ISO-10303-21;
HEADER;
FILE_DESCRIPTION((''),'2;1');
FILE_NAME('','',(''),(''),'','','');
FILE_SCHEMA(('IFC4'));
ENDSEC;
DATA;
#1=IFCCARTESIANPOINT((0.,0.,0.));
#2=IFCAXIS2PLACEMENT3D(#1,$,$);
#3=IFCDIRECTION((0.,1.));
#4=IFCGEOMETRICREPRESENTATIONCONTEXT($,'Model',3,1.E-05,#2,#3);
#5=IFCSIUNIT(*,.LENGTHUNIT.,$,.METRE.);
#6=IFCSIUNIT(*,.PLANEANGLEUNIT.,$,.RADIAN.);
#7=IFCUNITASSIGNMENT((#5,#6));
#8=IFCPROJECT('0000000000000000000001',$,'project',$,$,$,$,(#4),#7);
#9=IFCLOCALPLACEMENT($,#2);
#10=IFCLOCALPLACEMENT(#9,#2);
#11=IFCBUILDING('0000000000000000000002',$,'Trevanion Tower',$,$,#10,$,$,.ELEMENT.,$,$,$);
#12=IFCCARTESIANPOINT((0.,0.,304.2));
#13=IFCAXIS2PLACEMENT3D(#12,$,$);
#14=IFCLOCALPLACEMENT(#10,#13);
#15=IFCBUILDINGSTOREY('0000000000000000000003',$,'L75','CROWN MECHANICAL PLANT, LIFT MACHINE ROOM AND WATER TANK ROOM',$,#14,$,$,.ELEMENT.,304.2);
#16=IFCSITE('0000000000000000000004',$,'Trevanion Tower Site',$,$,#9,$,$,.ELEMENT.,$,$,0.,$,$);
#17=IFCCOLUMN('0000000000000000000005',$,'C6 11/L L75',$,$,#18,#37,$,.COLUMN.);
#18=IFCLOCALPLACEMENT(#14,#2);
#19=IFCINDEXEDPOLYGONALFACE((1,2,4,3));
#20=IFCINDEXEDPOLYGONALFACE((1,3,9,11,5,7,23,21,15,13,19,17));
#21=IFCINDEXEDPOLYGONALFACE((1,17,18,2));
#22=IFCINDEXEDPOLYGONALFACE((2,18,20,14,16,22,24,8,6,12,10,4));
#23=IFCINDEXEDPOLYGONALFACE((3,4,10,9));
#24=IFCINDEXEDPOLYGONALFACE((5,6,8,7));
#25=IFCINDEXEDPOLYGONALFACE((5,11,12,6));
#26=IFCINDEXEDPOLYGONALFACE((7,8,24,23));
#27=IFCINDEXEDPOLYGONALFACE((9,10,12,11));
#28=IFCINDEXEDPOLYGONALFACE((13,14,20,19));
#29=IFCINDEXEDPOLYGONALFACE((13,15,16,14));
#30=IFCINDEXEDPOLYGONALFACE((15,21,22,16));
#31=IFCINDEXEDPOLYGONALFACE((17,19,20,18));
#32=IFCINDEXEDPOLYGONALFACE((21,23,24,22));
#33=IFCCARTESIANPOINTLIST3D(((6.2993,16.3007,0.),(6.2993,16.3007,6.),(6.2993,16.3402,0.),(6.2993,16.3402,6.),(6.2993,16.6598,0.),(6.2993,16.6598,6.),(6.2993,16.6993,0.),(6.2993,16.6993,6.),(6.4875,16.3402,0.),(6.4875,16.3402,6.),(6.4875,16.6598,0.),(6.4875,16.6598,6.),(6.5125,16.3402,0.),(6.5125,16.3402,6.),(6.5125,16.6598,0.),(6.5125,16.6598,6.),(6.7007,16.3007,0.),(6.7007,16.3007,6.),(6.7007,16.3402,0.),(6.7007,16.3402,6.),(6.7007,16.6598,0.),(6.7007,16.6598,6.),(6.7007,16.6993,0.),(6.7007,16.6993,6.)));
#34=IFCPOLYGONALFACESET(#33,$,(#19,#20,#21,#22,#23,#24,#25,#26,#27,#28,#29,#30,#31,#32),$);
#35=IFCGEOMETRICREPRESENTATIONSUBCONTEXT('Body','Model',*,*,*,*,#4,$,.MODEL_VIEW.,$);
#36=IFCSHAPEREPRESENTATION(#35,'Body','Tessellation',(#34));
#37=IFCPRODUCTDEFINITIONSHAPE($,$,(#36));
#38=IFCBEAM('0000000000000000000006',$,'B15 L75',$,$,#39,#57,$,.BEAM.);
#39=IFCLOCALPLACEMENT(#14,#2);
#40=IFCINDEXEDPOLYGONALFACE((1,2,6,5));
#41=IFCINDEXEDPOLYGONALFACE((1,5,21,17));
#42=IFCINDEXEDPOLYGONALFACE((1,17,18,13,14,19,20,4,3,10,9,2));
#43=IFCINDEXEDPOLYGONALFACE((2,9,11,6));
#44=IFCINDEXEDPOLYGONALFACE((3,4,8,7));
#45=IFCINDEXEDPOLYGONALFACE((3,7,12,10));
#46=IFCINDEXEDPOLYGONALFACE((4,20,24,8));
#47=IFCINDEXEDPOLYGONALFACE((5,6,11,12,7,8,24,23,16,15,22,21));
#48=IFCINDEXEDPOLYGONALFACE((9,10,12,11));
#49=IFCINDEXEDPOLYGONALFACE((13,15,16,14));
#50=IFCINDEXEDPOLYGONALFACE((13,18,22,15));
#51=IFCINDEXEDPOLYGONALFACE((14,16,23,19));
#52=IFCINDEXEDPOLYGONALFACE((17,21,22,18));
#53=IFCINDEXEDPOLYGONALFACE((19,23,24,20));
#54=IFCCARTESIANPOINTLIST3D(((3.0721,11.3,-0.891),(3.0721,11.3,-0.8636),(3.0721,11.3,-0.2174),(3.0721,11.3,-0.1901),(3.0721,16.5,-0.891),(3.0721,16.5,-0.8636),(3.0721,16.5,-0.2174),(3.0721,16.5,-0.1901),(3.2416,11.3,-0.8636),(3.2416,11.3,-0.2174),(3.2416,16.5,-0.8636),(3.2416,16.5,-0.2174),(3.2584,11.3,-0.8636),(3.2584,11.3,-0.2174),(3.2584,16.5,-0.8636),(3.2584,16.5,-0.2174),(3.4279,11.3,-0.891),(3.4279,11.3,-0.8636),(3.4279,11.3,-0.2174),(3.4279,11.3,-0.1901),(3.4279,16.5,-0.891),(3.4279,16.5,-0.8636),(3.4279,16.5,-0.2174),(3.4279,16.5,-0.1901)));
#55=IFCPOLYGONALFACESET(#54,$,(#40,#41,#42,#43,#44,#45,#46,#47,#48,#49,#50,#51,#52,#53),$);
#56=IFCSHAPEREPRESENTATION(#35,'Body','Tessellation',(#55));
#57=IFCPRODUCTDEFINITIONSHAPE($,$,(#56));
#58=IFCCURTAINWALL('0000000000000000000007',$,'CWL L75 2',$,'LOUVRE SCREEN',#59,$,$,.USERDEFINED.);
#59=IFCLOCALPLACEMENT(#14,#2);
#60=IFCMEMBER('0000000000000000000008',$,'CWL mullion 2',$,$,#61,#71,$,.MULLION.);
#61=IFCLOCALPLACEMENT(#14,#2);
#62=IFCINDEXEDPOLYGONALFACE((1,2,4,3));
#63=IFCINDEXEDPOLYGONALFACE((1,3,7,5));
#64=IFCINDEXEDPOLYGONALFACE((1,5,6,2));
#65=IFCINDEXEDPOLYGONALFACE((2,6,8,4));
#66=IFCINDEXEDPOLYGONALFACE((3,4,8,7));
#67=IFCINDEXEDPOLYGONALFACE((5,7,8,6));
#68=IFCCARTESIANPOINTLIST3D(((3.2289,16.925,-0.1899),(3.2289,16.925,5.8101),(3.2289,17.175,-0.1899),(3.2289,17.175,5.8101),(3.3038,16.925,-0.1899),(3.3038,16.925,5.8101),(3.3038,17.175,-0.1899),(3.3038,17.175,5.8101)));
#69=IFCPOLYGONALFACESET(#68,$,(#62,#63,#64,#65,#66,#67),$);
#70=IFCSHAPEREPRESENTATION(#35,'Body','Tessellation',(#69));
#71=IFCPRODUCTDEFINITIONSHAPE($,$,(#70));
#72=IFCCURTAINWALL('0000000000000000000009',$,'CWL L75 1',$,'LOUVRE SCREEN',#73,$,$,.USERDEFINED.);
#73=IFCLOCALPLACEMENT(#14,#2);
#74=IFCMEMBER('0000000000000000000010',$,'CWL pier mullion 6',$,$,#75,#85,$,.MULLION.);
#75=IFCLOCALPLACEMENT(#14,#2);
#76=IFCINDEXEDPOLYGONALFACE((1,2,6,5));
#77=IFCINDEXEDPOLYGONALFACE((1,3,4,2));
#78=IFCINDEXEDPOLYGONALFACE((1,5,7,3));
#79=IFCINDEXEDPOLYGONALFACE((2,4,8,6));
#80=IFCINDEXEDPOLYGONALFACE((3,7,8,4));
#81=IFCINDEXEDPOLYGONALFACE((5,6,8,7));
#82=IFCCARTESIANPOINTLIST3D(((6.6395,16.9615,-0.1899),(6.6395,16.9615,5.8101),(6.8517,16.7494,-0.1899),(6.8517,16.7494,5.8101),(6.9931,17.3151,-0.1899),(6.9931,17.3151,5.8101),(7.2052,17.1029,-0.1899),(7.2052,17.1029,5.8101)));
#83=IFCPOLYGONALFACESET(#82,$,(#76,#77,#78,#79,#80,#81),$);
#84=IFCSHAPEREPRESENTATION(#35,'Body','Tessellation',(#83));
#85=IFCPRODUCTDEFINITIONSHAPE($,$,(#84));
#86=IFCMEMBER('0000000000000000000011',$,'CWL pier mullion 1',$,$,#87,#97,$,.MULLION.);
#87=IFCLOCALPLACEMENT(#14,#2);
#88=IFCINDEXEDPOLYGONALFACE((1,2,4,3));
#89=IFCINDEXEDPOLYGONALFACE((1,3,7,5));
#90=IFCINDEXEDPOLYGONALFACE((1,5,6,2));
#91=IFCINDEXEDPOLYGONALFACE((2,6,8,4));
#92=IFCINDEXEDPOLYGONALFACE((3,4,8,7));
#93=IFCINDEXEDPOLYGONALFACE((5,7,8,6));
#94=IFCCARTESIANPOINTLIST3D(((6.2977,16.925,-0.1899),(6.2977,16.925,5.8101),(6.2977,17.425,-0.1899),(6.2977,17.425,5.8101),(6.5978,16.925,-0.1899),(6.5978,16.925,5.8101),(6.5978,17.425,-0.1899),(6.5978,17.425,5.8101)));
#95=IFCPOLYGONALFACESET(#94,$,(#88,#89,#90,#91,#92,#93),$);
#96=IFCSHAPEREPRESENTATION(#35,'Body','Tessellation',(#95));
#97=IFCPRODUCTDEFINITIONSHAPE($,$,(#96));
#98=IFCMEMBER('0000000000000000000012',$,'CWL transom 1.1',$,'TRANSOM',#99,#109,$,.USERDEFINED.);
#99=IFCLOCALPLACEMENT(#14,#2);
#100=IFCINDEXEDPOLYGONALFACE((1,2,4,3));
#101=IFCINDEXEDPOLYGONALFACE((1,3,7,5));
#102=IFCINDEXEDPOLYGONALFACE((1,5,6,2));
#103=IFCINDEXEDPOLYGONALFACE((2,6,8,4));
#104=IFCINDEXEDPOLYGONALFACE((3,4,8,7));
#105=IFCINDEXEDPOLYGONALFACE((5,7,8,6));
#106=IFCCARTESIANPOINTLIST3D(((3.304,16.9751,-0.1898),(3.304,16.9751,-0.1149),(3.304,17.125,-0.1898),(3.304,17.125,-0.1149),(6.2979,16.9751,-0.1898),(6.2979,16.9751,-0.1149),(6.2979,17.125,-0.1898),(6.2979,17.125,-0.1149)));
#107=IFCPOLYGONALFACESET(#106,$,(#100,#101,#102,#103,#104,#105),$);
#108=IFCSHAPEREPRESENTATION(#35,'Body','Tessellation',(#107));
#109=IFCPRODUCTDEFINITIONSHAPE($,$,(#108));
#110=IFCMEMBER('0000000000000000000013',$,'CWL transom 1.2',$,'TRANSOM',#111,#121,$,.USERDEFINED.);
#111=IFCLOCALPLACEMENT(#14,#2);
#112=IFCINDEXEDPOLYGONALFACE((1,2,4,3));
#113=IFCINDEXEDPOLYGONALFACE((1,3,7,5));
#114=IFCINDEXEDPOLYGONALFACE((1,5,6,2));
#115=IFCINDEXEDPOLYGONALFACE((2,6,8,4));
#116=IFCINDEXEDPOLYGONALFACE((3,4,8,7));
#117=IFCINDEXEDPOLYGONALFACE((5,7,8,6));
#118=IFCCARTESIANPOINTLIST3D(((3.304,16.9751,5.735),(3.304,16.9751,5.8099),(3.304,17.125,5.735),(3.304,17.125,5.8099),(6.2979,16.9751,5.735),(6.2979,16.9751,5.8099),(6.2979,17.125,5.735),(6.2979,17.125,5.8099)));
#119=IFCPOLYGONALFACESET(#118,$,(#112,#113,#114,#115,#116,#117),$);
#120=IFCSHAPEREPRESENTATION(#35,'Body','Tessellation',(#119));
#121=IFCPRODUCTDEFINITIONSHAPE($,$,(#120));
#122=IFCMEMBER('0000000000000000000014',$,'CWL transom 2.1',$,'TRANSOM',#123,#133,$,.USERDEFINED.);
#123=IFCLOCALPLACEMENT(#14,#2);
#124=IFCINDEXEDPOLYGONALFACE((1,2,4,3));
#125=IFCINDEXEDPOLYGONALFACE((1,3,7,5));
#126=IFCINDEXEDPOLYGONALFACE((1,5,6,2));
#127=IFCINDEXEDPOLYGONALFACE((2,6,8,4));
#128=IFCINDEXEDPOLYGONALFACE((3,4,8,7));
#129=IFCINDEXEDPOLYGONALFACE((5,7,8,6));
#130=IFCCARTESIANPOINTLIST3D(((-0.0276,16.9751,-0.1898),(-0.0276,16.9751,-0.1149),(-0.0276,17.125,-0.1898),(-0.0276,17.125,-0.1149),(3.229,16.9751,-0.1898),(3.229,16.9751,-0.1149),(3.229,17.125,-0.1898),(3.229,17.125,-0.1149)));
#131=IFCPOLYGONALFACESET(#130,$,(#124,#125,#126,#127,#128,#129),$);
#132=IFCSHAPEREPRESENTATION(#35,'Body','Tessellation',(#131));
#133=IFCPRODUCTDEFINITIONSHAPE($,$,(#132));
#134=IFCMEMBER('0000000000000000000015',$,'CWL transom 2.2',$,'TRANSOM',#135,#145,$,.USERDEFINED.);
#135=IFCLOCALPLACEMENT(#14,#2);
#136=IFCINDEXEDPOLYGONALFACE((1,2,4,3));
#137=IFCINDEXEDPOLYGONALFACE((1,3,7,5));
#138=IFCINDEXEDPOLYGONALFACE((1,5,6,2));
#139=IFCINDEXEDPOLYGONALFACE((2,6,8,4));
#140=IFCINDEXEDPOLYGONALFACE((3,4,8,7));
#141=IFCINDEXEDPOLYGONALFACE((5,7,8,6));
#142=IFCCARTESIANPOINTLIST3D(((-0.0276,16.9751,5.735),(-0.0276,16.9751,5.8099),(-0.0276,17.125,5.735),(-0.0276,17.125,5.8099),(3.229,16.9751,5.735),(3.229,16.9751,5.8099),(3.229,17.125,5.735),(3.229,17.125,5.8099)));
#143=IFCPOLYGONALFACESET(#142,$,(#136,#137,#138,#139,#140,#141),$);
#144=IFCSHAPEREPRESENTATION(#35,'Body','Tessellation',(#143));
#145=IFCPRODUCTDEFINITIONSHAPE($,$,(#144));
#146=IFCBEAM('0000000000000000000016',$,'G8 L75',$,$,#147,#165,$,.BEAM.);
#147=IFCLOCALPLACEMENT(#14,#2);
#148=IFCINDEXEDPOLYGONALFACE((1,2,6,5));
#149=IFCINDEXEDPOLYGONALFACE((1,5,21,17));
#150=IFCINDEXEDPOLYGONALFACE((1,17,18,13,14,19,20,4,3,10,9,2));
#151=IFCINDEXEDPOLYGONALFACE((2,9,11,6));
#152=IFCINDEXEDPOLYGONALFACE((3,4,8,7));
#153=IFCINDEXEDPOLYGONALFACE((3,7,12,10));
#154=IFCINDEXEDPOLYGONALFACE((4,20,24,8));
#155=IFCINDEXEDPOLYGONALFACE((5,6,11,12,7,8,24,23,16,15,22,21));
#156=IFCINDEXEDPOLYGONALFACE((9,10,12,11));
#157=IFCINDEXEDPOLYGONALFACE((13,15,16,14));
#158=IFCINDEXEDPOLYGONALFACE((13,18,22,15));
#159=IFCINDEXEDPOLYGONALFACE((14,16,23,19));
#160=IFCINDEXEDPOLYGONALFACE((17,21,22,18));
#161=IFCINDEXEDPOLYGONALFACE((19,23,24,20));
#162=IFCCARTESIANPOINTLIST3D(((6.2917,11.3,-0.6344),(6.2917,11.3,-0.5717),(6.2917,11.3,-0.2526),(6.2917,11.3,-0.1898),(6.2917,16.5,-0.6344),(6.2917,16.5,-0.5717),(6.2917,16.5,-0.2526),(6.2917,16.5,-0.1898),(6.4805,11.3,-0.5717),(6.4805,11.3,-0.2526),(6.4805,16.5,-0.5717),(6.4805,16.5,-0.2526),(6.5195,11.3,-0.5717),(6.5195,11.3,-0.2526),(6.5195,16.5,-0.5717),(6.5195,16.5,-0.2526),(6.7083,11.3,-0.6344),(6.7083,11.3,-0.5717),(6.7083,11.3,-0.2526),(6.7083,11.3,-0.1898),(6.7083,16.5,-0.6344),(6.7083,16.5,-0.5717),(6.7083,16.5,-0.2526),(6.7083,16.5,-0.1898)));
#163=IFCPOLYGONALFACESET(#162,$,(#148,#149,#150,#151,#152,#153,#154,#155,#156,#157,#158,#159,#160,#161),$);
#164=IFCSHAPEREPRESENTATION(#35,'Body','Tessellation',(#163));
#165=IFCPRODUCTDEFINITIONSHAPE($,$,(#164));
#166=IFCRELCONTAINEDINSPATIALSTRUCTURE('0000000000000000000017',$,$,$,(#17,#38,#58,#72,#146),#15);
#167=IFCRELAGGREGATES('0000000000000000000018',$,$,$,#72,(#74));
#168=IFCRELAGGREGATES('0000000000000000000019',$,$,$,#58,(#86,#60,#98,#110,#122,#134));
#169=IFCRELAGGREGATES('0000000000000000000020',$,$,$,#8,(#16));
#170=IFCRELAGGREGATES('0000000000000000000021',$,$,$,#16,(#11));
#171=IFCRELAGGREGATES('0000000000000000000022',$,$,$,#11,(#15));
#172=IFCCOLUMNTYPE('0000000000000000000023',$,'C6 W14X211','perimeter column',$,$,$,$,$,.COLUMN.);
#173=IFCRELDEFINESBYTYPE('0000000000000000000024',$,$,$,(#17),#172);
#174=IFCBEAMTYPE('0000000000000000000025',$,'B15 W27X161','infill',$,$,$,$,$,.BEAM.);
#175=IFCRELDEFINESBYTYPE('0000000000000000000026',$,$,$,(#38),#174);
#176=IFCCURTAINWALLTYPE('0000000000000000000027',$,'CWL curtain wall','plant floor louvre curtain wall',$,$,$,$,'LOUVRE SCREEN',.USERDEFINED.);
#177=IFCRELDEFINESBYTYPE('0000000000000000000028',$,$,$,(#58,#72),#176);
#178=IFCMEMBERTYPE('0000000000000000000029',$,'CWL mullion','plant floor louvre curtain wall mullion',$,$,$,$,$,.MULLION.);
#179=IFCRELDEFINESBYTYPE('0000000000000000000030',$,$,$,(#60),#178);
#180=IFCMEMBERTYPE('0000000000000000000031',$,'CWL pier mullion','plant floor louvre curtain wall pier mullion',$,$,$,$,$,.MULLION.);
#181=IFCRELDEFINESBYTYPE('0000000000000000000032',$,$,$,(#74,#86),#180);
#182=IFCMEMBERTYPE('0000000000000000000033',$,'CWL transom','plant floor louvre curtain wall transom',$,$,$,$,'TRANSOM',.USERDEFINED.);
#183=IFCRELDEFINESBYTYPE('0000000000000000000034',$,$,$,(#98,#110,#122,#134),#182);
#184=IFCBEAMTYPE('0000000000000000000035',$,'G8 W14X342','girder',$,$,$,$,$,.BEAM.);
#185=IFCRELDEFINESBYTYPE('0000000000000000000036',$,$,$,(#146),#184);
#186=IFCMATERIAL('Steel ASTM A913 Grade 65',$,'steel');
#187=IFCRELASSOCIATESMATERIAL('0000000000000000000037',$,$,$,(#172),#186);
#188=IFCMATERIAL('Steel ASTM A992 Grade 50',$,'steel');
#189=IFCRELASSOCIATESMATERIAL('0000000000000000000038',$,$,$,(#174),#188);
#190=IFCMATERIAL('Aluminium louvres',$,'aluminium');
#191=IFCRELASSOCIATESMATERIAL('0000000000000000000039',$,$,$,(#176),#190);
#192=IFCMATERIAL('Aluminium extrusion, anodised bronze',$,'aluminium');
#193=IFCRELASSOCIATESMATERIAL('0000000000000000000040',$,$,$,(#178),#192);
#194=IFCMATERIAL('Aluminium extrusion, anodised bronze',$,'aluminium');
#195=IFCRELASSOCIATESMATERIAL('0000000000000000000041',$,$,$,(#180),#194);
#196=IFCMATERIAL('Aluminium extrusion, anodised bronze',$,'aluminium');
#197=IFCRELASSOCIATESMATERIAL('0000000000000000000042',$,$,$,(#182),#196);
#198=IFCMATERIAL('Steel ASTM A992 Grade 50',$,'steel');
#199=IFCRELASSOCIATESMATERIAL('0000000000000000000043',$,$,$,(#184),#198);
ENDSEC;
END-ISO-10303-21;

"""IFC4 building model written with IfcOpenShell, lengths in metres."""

from ifc_helpers import new_model, si_unit, direction, frame, origin, origin_2d, place, context, subcontext, project, spatial, rectangle, i_section, extrude, material, material_profile, profile_set, type_object, element, aggregate, save


model = new_model("IFC4")

# Units and contexts
model_context = context("Model", 3, precision=1e-05, world=origin(), true_north=direction((0.0, 1.0)))
body_context = subcontext(model_context, "Body", "Model", "MODEL_VIEW")
ifc_project = project(units=[si_unit("LENGTHUNIT", "METRE"), si_unit("PLANEANGLEUNIT", "RADIAN")], contexts=[model_context])

# Site, building, storey
site_placement = place(None, origin())
site = spatial("IfcSite", under=ifc_project, at=site_placement, Name="Trevanion Tower Site", CompositionType="ELEMENT", RefElevation=0.0)
building_placement = place(site_placement, origin())
building = spatial("IfcBuilding", under=site, at=building_placement, Name="Trevanion Tower", CompositionType="ELEMENT")
storey_placement = place(building_placement, frame((0.0, 0.0, 304.2)))
storey = spatial("IfcBuildingStorey", under=building, at=storey_placement, Name="L75", Description="CROWN MECHANICAL PLANT, LIFT MACHINE ROOM AND WATER TANK ROOM", CompositionType="ELEMENT", Elevation=304.2)

# Column
ifc_material_1 = material(Name="Steel ASTM A913 Grade 65", Category="steel")
ifc_material_profile_1 = material_profile(ifc_material_1, i_section(OverallWidth=0.4014, OverallDepth=0.3987, WebThickness=0.0249, FlangeThickness=0.0396, at=origin_2d()), Name="W14X211")
ifc_profile_set_1 = profile_set([ifc_material_profile_1], Name="Steel ASTM A913 Grade 65")
column_type = type_object("IfcColumnType", Name="C6 W14X211", Description="perimeter column", PredefinedType="COLUMN", material=ifc_profile_set_1)
column_placement = place(storey_placement, frame((6.5, 16.5, 0.0), z_axis=(0.0, 0.0, 1.0), x_axis=(1.0, 0.0, 0.0)))
element("IfcColumn", 1, at=column_placement, inside=storey, type_object=column_type, Name="C6 11/L L75", PredefinedType="COLUMN", context=body_context, shape_type="SweptSolid", body=[
    extrude(i_section(OverallWidth=0.4014, OverallDepth=0.3987, WebThickness=0.0249, FlangeThickness=0.0396, at=origin_2d()), origin(), (0.0, 0.0, 1.0), 6.0),
])

# Beam
ifc_material_2 = material(Name="Steel ASTM A992 Grade 50", Category="steel")
ifc_material_profile_2 = material_profile(ifc_material_2, i_section(OverallWidth=0.3557, OverallDepth=0.7009, WebThickness=0.0168, FlangeThickness=0.0273, at=origin_2d()), Name="W27X161")
ifc_profile_set_2 = profile_set([ifc_material_profile_2], Name="Steel ASTM A992 Grade 50")
beam_type_1 = type_object("IfcBeamType", Name="B15 W27X161", Description="infill", PredefinedType="BEAM", material=ifc_profile_set_2)
beam_1_placement = place(storey_placement, frame((3.25, 11.3, -0.5405), z_axis=(0.0, 1.0, 0.0), x_axis=(-1.0, 0.0, 0.0)))
element("IfcBeam", 2, at=beam_1_placement, inside=storey, type_object=beam_type_1, Name="B15 L75", PredefinedType="BEAM", context=body_context, shape_type="SweptSolid", body=[
    extrude(i_section(OverallWidth=0.3557, OverallDepth=0.7009, WebThickness=0.0168, FlangeThickness=0.0273, at=origin_2d()), origin(), (0.0, 0.0, 1.0), 5.2),
])

# Curtain walls, members
ifc_material_3 = material(Name="Aluminium louvres", Category="aluminium")
curtain_wall_type = type_object("IfcCurtainWallType", Name="CWL curtain wall", Description="plant floor louvre curtain wall", ElementType="LOUVRE SCREEN", PredefinedType="USERDEFINED", material=ifc_material_3)
curtain_wall_1_placement = place(storey_placement, origin())
curtain_wall_1 = element("IfcCurtainWall", 3, at=curtain_wall_1_placement, inside=storey, type_object=curtain_wall_type, Name="CWL L75 2", ObjectType="LOUVRE SCREEN", PredefinedType="USERDEFINED")
ifc_material_4 = material(Name="Aluminium extrusion, anodised bronze", Category="aluminium")
ifc_material_profile_3 = material_profile(ifc_material_4, rectangle(XDim=0.075, YDim=0.25, at=origin_2d()), Name="CWL mullion")
ifc_profile_set_3 = profile_set([ifc_material_profile_3], Name="Aluminium extrusion, anodised bronze")
member_type_1 = type_object("IfcMemberType", Name="CWL mullion", Description="plant floor louvre curtain wall mullion", PredefinedType="MULLION", material=ifc_profile_set_3)
member_1_placement = place(storey_placement, frame((3.2664, 17.05, -0.1899), z_axis=(0.0, 0.0, 1.0), x_axis=(-1.0, 0.0, 0.0)))
member_1 = element("IfcMember", 4, at=member_1_placement, type_object=member_type_1, Name="CWL mullion 2", PredefinedType="MULLION", context=body_context, shape_type="SweptSolid", body=[
    extrude(rectangle(XDim=0.075, YDim=0.25, at=origin_2d()), origin(), (0.0, 0.0, 1.0), 6.0),
])
curtain_wall_2_placement = place(storey_placement, origin())
curtain_wall_2 = element("IfcCurtainWall", 5, at=curtain_wall_2_placement, inside=storey, type_object=curtain_wall_type, Name="CWL L75 1", ObjectType="LOUVRE SCREEN", PredefinedType="USERDEFINED")
ifc_material_5 = material(Name="Aluminium extrusion, anodised bronze", Category="aluminium")
ifc_material_profile_4 = material_profile(ifc_material_5, rectangle(XDim=0.3, YDim=0.5, at=origin_2d()), Name="CWL pier mullion")
ifc_profile_set_4 = profile_set([ifc_material_profile_4], Name="Aluminium extrusion, anodised bronze")
member_type_2 = type_object("IfcMemberType", Name="CWL pier mullion", Description="plant floor louvre curtain wall pier mullion", PredefinedType="MULLION", material=ifc_profile_set_4)
member_2_placement = place(storey_placement, frame((6.9224, 17.0322, -0.1899), z_axis=(0.0, 0.0, 1.0), x_axis=(-0.707107, 0.707107, 0.0)))
member_2 = element("IfcMember", 6, at=member_2_placement, type_object=member_type_2, Name="CWL pier mullion 6", PredefinedType="MULLION", context=body_context, shape_type="SweptSolid", body=[
    extrude(rectangle(XDim=0.3, YDim=0.5, at=origin_2d()), origin(), (0.0, 0.0, 1.0), 6.0),
])

# Members
member_3_placement = place(storey_placement, frame((6.4478, 17.175, -0.1899), z_axis=(0.0, 0.0, 1.0), x_axis=(-1.0, 0.0, 0.0)))
member_3 = element("IfcMember", 7, at=member_3_placement, type_object=member_type_2, Name="CWL pier mullion 1", PredefinedType="MULLION", context=body_context, shape_type="SweptSolid", body=[
    extrude(rectangle(XDim=0.3, YDim=0.5, at=origin_2d()), origin(), (0.0, 0.0, 1.0), 6.0),
])
ifc_material_6 = material(Name="Aluminium extrusion, anodised bronze", Category="aluminium")
ifc_material_profile_5 = material_profile(ifc_material_6, rectangle(XDim=0.1499, YDim=0.075, at=origin_2d()), Name="CWL transom")
ifc_profile_set_5 = profile_set([ifc_material_profile_5], Name="Aluminium extrusion, anodised bronze")
member_type_3 = type_object("IfcMemberType", Name="CWL transom", Description="plant floor louvre curtain wall transom", ElementType="TRANSOM", PredefinedType="USERDEFINED", material=ifc_profile_set_5)
member_4_placement = place(storey_placement, frame((6.2979, 17.05, -0.1523), z_axis=(-1.0, 0.0, 0.0), x_axis=(0.0, -1.0, 0.0)))
member_4 = element("IfcMember", 8, at=member_4_placement, type_object=member_type_3, Name="CWL transom 1.1", ObjectType="TRANSOM", PredefinedType="USERDEFINED", context=body_context, shape_type="SweptSolid", body=[
    extrude(rectangle(XDim=0.1499, YDim=0.075, at=origin_2d()), origin(), (0.0, 0.0, 1.0), 2.9939),
])
member_5_placement = place(storey_placement, frame((6.2979, 17.05, 5.7725), z_axis=(-1.0, 0.0, 0.0), x_axis=(0.0, -1.0, 0.0)))
member_5 = element("IfcMember", 9, at=member_5_placement, type_object=member_type_3, Name="CWL transom 1.2", ObjectType="TRANSOM", PredefinedType="USERDEFINED", context=body_context, shape_type="SweptSolid", body=[
    extrude(rectangle(XDim=0.1499, YDim=0.075, at=origin_2d()), origin(), (0.0, 0.0, 1.0), 2.9939),
])
member_6_placement = place(storey_placement, frame((3.229, 17.05, -0.1523), z_axis=(-1.0, 0.0, 0.0), x_axis=(0.0, -1.0, 0.0)))
member_6 = element("IfcMember", 10, at=member_6_placement, type_object=member_type_3, Name="CWL transom 2.1", ObjectType="TRANSOM", PredefinedType="USERDEFINED", context=body_context, shape_type="SweptSolid", body=[
    extrude(rectangle(XDim=0.1499, YDim=0.075, at=origin_2d()), origin(), (0.0, 0.0, 1.0), 3.2566),
])
member_7_placement = place(storey_placement, frame((3.229, 17.05, 5.7725), z_axis=(-1.0, 0.0, 0.0), x_axis=(0.0, -1.0, 0.0)))
member_7 = element("IfcMember", 11, at=member_7_placement, type_object=member_type_3, Name="CWL transom 2.2", ObjectType="TRANSOM", PredefinedType="USERDEFINED", context=body_context, shape_type="SweptSolid", body=[
    extrude(rectangle(XDim=0.1499, YDim=0.075, at=origin_2d()), origin(), (0.0, 0.0, 1.0), 3.2566),
])

# Beam
ifc_material_7 = material(Name="Steel ASTM A992 Grade 50", Category="steel")
ifc_material_profile_6 = material_profile(ifc_material_7, i_section(OverallWidth=0.4165, OverallDepth=0.4446, WebThickness=0.0391, FlangeThickness=0.0627, at=origin_2d()), Name="W14X342")
ifc_profile_set_6 = profile_set([ifc_material_profile_6], Name="Steel ASTM A992 Grade 50")
beam_type_2 = type_object("IfcBeamType", Name="G8 W14X342", Description="girder", PredefinedType="BEAM", material=ifc_profile_set_6)
beam_2_placement = place(storey_placement, frame((6.5, 11.3, -0.4121), z_axis=(0.0, 1.0, 0.0), x_axis=(-1.0, 0.0, 0.0)))
element("IfcBeam", 12, at=beam_2_placement, inside=storey, type_object=beam_type_2, Name="G8 L75", PredefinedType="BEAM", context=body_context, shape_type="SweptSolid", body=[
    extrude(i_section(OverallWidth=0.4165, OverallDepth=0.4446, WebThickness=0.0391, FlangeThickness=0.0627, at=origin_2d()), origin(), (0.0, 0.0, 1.0), 5.2),
])

aggregate(curtain_wall_2, [member_2])
aggregate(curtain_wall_1, [member_3, member_1, member_4, member_5, member_6, member_7])

save(model, "model.ifc")
